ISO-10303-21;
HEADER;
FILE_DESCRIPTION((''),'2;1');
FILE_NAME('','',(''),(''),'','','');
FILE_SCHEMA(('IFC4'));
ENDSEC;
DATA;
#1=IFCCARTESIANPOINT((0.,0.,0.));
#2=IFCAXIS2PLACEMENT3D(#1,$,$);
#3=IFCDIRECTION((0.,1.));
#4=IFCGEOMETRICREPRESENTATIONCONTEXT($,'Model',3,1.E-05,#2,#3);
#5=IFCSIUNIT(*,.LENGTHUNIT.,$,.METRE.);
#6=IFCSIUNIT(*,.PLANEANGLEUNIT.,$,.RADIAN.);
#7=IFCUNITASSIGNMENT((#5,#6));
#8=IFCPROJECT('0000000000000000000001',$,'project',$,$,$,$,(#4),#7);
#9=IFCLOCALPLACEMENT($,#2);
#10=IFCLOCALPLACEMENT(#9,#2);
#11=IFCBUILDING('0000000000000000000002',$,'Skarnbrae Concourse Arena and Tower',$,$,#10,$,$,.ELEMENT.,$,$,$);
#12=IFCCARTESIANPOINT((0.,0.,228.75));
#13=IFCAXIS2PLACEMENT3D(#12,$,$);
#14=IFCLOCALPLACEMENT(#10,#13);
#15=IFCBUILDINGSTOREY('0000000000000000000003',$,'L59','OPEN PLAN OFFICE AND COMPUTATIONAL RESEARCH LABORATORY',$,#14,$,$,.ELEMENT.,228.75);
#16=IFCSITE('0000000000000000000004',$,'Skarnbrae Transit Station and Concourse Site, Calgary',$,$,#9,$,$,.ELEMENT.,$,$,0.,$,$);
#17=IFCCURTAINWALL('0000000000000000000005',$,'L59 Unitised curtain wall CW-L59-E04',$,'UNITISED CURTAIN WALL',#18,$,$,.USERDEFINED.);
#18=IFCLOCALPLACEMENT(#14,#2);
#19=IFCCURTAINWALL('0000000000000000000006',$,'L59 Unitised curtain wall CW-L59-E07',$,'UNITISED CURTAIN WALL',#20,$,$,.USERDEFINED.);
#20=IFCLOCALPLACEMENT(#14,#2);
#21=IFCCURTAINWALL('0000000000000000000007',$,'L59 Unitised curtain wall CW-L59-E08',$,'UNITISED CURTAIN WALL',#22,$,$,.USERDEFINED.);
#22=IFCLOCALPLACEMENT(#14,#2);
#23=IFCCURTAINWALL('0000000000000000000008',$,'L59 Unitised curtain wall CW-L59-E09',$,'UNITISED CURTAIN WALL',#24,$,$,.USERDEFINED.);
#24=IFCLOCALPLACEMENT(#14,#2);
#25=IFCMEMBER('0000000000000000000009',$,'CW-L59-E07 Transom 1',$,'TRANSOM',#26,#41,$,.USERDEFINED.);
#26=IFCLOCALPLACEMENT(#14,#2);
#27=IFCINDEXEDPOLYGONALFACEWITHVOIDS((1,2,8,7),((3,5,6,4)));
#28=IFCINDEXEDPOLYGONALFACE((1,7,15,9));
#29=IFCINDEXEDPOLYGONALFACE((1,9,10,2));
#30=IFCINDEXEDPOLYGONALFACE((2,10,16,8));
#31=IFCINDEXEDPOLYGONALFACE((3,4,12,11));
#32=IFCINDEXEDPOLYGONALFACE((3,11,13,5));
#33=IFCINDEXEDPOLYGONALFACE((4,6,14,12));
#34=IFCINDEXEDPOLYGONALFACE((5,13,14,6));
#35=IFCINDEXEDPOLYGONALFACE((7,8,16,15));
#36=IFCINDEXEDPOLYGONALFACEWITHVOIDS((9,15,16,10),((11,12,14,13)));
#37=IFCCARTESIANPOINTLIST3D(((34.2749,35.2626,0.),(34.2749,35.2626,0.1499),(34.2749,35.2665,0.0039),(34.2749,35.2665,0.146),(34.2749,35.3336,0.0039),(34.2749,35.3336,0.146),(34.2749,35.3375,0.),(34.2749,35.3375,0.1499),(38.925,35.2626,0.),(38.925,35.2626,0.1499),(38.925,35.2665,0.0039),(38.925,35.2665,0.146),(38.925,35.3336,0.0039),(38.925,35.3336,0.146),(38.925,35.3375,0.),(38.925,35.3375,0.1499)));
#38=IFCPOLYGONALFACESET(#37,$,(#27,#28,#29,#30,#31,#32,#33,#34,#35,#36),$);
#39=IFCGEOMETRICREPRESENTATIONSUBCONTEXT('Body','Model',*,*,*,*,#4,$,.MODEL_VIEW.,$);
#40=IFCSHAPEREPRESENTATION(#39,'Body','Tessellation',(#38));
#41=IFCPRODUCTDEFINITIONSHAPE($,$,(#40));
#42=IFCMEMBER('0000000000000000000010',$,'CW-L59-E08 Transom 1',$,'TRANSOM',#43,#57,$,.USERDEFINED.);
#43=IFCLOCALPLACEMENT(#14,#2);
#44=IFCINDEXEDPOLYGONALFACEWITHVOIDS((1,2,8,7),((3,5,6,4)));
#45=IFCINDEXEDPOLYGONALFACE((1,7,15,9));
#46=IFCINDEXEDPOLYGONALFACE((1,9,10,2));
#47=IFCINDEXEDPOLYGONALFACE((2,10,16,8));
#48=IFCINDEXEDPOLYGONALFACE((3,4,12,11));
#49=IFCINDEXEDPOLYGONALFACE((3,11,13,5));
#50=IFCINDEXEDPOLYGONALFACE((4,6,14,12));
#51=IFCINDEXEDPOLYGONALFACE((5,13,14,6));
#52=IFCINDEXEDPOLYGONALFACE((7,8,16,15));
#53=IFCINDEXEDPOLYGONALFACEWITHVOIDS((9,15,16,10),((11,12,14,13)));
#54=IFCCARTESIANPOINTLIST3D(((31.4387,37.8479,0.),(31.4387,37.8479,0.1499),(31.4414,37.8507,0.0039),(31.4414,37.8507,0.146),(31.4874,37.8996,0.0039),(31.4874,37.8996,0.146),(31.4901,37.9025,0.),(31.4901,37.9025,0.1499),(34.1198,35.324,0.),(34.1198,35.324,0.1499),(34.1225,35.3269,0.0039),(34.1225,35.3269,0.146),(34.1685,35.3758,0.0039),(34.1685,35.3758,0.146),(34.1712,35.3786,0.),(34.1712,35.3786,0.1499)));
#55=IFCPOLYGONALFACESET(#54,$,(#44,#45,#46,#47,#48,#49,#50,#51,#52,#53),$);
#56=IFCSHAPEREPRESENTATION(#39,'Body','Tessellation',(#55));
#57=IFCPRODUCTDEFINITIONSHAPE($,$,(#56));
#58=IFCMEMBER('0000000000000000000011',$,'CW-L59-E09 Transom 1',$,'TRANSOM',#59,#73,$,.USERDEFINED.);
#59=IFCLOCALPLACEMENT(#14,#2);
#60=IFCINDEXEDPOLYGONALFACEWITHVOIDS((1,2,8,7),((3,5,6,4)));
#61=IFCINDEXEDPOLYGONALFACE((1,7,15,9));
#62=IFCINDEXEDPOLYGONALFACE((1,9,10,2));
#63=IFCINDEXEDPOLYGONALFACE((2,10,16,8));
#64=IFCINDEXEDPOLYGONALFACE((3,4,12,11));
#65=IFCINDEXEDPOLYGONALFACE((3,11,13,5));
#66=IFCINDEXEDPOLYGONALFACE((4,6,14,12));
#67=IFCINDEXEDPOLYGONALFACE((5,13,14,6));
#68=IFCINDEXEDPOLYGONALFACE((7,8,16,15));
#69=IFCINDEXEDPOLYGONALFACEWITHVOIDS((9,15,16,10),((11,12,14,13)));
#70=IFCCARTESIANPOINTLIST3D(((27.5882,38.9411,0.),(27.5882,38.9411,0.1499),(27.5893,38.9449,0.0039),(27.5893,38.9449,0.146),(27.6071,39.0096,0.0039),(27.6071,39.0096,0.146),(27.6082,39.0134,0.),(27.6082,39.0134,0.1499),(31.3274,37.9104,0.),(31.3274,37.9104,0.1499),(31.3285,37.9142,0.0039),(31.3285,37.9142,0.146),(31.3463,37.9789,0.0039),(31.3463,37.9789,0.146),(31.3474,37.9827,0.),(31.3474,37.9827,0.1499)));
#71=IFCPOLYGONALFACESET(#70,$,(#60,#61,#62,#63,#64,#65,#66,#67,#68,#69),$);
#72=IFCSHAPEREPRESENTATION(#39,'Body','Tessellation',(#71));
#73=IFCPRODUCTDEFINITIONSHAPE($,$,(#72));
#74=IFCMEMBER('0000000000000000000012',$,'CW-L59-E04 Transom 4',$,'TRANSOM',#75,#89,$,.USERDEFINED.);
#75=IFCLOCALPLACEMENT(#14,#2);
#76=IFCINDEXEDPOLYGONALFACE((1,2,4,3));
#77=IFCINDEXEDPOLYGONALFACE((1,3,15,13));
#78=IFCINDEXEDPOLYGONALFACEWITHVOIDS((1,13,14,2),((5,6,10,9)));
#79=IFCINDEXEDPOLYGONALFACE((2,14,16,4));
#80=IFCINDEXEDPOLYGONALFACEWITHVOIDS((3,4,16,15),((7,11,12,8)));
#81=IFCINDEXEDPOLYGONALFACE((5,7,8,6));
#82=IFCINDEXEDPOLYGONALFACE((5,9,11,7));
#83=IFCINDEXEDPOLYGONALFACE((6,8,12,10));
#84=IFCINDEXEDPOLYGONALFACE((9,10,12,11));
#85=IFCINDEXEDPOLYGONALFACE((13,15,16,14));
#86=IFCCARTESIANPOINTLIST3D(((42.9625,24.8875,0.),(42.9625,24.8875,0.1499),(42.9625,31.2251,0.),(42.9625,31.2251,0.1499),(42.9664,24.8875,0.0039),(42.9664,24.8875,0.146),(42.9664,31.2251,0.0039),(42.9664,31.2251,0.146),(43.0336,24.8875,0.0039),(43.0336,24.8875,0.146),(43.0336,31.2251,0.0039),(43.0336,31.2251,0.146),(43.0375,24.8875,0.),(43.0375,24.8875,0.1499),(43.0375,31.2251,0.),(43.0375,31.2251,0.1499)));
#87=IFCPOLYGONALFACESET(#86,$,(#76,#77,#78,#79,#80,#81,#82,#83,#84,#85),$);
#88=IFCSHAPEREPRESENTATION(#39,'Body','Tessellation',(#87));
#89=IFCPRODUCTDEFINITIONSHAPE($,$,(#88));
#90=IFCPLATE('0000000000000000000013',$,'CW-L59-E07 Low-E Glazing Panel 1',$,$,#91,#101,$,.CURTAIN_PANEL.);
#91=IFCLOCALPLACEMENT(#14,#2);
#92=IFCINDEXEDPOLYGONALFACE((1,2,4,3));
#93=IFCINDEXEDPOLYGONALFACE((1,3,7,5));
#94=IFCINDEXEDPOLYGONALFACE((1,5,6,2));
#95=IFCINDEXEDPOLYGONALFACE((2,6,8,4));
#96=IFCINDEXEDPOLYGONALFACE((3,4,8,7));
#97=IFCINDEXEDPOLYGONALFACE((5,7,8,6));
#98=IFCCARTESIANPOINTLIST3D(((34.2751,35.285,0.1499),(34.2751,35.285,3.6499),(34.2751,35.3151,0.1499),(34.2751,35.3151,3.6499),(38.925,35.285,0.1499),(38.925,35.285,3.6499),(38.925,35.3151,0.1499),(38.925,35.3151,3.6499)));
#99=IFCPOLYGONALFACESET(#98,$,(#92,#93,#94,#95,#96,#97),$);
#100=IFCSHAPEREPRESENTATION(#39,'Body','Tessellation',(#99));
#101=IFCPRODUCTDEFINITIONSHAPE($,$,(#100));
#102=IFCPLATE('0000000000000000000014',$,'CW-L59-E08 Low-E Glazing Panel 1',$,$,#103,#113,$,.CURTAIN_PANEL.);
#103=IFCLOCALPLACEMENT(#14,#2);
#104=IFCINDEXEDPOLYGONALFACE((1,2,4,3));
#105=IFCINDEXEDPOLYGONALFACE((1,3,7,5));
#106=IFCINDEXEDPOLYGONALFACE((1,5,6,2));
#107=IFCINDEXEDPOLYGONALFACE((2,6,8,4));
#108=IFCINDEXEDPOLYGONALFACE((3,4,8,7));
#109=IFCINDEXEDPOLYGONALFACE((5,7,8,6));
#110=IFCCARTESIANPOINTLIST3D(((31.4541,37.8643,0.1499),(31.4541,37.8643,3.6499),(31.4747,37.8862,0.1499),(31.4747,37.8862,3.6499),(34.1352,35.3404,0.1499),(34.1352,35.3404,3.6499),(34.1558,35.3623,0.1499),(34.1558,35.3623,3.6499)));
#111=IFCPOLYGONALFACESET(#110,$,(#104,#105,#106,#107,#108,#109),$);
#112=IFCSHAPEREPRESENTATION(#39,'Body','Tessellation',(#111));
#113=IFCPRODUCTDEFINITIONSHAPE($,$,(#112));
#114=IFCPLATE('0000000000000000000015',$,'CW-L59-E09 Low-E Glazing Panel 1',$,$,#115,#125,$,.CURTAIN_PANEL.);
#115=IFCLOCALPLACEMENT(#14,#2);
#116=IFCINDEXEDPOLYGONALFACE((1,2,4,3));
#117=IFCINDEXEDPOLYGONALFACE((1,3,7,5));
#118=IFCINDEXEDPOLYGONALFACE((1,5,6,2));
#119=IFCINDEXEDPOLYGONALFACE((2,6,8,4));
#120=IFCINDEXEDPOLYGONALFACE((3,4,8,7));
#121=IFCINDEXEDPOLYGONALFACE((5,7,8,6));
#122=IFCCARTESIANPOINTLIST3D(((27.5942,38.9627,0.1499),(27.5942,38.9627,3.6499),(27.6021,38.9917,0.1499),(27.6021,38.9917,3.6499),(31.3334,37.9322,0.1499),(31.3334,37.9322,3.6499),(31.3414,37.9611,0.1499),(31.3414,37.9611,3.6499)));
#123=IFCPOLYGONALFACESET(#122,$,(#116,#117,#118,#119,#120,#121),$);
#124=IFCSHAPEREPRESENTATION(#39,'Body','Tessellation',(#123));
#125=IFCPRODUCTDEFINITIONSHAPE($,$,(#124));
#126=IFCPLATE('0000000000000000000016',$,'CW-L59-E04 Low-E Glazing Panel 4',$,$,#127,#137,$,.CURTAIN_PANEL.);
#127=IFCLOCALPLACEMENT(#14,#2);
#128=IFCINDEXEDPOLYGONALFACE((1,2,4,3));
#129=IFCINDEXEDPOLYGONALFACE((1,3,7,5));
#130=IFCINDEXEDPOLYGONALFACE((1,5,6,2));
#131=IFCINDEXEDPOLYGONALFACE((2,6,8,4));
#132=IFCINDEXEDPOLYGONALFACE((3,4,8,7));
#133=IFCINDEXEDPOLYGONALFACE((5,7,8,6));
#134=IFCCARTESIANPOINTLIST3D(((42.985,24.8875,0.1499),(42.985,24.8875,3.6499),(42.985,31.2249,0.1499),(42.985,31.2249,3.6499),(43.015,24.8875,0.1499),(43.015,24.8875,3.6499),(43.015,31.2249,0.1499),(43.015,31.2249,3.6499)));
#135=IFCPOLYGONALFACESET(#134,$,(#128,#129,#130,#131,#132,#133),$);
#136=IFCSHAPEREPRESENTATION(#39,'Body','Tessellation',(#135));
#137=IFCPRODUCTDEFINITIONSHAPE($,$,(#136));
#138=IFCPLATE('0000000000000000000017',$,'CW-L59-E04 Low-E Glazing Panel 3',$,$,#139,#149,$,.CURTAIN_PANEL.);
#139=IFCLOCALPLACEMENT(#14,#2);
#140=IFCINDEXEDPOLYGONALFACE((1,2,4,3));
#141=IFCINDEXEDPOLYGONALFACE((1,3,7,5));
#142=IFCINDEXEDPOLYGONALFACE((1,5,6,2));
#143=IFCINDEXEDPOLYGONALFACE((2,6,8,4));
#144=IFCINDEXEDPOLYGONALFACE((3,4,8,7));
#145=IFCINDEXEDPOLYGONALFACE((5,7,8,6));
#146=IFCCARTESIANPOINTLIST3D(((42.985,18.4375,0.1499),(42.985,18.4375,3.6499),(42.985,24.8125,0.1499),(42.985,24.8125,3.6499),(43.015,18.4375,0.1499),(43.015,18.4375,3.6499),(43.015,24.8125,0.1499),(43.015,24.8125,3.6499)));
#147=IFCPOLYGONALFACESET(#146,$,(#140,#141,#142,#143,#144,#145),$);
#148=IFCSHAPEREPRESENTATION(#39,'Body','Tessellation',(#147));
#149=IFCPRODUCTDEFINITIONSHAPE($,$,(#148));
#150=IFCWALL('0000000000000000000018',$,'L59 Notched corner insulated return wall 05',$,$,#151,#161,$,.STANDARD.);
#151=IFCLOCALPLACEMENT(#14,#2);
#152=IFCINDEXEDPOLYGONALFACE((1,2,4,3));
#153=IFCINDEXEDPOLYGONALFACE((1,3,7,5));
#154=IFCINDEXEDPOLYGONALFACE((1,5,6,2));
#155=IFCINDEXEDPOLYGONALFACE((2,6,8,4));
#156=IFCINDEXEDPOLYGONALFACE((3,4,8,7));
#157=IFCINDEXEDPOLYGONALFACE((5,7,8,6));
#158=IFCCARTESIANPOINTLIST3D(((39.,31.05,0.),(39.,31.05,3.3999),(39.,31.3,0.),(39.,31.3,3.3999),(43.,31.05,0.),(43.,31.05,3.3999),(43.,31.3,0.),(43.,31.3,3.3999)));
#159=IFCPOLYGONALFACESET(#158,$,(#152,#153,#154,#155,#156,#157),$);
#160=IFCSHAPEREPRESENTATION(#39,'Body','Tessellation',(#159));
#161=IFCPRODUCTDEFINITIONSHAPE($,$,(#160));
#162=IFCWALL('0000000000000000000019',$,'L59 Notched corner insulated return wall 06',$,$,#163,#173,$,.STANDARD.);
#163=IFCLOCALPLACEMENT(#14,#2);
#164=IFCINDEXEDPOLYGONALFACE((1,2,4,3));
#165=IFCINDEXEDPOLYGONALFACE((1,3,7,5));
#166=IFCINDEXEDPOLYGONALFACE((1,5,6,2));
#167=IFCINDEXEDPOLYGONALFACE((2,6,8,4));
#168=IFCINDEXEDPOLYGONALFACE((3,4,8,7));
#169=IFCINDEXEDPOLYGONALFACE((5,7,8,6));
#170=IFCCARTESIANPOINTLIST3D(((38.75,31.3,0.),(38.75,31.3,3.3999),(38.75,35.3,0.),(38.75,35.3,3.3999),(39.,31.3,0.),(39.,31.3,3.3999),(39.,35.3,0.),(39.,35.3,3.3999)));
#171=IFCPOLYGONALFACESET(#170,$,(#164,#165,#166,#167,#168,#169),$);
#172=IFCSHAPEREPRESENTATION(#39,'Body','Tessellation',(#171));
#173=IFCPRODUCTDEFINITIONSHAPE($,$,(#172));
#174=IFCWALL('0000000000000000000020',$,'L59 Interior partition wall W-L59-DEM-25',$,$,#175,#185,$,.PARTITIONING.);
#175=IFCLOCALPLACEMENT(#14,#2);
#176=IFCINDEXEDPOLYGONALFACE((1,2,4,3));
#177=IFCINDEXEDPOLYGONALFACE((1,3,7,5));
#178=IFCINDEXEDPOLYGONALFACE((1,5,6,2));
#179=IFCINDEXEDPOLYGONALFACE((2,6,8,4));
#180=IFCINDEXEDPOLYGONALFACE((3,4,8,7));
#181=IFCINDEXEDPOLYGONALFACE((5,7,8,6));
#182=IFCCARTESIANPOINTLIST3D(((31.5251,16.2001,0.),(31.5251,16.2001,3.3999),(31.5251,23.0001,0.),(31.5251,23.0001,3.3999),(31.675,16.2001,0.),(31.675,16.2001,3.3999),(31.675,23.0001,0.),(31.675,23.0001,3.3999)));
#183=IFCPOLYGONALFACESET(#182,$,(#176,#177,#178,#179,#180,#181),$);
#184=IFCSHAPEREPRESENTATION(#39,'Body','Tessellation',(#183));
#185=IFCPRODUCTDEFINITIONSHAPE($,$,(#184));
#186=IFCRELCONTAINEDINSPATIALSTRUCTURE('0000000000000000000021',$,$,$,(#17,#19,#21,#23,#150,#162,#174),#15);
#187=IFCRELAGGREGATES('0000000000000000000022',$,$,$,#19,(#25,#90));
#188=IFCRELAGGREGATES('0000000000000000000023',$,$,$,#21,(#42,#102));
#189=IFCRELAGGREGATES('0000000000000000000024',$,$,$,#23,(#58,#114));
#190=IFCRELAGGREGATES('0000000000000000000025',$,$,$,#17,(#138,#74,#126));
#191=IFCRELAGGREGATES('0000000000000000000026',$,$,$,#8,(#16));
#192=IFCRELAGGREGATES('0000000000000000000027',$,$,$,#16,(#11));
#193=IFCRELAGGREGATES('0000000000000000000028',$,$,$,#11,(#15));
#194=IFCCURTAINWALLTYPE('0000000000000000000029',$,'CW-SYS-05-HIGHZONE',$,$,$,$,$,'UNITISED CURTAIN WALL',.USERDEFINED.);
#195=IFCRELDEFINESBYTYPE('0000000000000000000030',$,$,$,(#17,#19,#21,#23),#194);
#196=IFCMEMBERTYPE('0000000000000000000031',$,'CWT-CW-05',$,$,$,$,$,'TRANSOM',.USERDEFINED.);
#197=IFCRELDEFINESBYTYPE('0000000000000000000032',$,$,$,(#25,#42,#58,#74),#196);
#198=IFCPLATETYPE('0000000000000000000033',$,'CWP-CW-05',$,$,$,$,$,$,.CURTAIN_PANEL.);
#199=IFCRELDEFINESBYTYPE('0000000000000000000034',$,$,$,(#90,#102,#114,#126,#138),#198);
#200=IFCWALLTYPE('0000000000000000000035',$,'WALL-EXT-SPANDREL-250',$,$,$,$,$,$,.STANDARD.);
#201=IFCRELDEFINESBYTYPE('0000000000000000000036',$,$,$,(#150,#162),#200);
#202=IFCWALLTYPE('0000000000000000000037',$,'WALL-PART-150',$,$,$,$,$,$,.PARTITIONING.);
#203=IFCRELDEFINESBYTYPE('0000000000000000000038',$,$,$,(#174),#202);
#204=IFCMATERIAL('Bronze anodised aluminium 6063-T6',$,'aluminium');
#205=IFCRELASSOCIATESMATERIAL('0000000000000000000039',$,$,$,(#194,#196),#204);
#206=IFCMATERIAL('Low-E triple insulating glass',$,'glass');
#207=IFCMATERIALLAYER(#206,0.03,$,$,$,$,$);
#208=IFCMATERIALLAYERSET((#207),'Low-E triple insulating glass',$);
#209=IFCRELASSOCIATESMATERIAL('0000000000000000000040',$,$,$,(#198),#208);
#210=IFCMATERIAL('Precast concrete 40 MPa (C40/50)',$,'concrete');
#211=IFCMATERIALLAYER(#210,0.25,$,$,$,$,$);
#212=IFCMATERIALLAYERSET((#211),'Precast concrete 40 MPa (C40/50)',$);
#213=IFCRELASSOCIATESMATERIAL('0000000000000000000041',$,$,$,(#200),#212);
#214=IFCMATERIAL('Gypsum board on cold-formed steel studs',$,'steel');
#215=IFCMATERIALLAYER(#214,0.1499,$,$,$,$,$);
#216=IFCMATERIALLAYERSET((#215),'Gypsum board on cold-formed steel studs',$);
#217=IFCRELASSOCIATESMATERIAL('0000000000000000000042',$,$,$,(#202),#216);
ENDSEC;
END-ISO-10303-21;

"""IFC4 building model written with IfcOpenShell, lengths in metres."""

from ifc_helpers import new_model, si_unit, direction, frame, frame_2d, origin, origin_2d, place, context, subcontext, project, spatial, rectangle, hollow_rectangle, extrude, source, transform, mapped, material, layer, layer_set, material_profile, profile_set, type_object, element, aggregate, save


model = new_model("IFC4")

# Units and contexts
model_context = context("Model", 3, precision=1e-05, world=origin(), true_north=direction((0.0, 1.0)))
body_context = subcontext(model_context, "Body", "Model", "MODEL_VIEW")
ifc_project = project(units=[si_unit("LENGTHUNIT", "METRE"), si_unit("PLANEANGLEUNIT", "RADIAN")], contexts=[model_context])

# Site, building, storey
site_placement = place(None, origin())
site = spatial("IfcSite", under=ifc_project, at=site_placement, Name="Skarnbrae Transit Station and Concourse Site, Calgary", CompositionType="ELEMENT", RefElevation=0.0)
building_placement = place(site_placement, origin())
building = spatial("IfcBuilding", under=site, at=building_placement, Name="Skarnbrae Concourse Arena and Tower", CompositionType="ELEMENT")
storey_placement = place(building_placement, frame((0.0, 0.0, 228.75)))
storey = spatial("IfcBuildingStorey", under=building, at=storey_placement, Name="L59", Description="OPEN PLAN OFFICE AND COMPUTATIONAL RESEARCH LABORATORY", CompositionType="ELEMENT", Elevation=228.75)

# Curtain walls
ifc_material_1 = material(Name="Bronze anodised aluminium 6063-T6", Category="aluminium")
curtain_wall_type = type_object("IfcCurtainWallType", Name="CW-SYS-05-HIGHZONE", ElementType="UNITISED CURTAIN WALL", PredefinedType="USERDEFINED", material=ifc_material_1)
curtain_wall_1_placement = place(storey_placement, origin())
curtain_wall_1 = element("IfcCurtainWall", 1, at=curtain_wall_1_placement, inside=storey, type_object=curtain_wall_type, Name="L59 Unitised curtain wall CW-L59-E04", ObjectType="UNITISED CURTAIN WALL", PredefinedType="USERDEFINED")
curtain_wall_2_placement = place(storey_placement, origin())
curtain_wall_2 = element("IfcCurtainWall", 2, at=curtain_wall_2_placement, inside=storey, type_object=curtain_wall_type, Name="L59 Unitised curtain wall CW-L59-E07", ObjectType="UNITISED CURTAIN WALL", PredefinedType="USERDEFINED")
curtain_wall_3_placement = place(storey_placement, origin())
curtain_wall_3 = element("IfcCurtainWall", 3, at=curtain_wall_3_placement, inside=storey, type_object=curtain_wall_type, Name="L59 Unitised curtain wall CW-L59-E08", ObjectType="UNITISED CURTAIN WALL", PredefinedType="USERDEFINED")

# Curtain wall
curtain_wall_4_placement = place(storey_placement, origin())
curtain_wall_4 = element("IfcCurtainWall", 4, at=curtain_wall_4_placement, inside=storey, type_object=curtain_wall_type, Name="L59 Unitised curtain wall CW-L59-E09", ObjectType="UNITISED CURTAIN WALL", PredefinedType="USERDEFINED")

# Members
ifc_material_profile_1 = material_profile(ifc_material_1, hollow_rectangle(XDim=0.075, YDim=0.1499, WallThickness=0.0039, at=origin_2d()), Name="ALU-TRAN-75X150")
ifc_profile_set_1 = profile_set([ifc_material_profile_1], Name="Bronze anodised aluminium 6063-T6")
member_type_1 = type_object("IfcMemberType", Name="CWT-CW-05", ElementType="TRANSOM", PredefinedType="USERDEFINED", material=ifc_profile_set_1)
shared_shape_1 = source(origin(), body_context, "Body", "SweptSolid", [
    extrude(hollow_rectangle(XDim=0.075, YDim=0.1499, WallThickness=0.0039, at=origin_2d()), origin(), (0.0, 0.0, 1.0), 4.6501),
])
member_1_placement = place(storey_placement, frame((38.925, 35.3, 0.075), z_axis=(-1.0, 0.0, 0.0), x_axis=(0.0, -1.0, 0.0)))
member_1 = element("IfcMember", 5, at=member_1_placement, type_object=member_type_1, Name="CW-L59-E07 Transom 1", ObjectType="TRANSOM", PredefinedType="USERDEFINED", context=body_context, shape_type="MappedRepresentation", body=[
    mapped(shared_shape_1, transform((0.0, 0.0, 0.0))),
])
shared_shape_2 = source(origin(), body_context, "Body", "SweptSolid", [
    extrude(hollow_rectangle(XDim=0.075, YDim=0.1499, WallThickness=0.0039, at=origin_2d()), origin(), (0.0, 0.0, 1.0), 3.6821),
])
member_2_placement = place(storey_placement, frame((34.1455, 35.3513, 0.075), z_axis=(-0.728134, 0.685435, 0.0), x_axis=(-0.685435, -0.728134, 0.0)))
member_2 = element("IfcMember", 6, at=member_2_placement, type_object=member_type_1, Name="CW-L59-E08 Transom 1", ObjectType="TRANSOM", PredefinedType="USERDEFINED", context=body_context, shape_type="MappedRepresentation", body=[
    mapped(shared_shape_2, transform((0.0, 0.0, 0.0))),
])
shared_shape_3 = source(origin(), body_context, "Body", "SweptSolid", [
    extrude(hollow_rectangle(XDim=0.075, YDim=0.1499, WallThickness=0.0039, at=origin_2d()), origin(), (0.0, 0.0, 1.0), 3.8787),
])
member_3_placement = place(storey_placement, frame((31.3374, 37.9465, 0.075), z_axis=(-0.964043, 0.265747, 0.0), x_axis=(-0.265747, -0.964043, 0.0)))
member_3 = element("IfcMember", 7, at=member_3_placement, type_object=member_type_1, Name="CW-L59-E09 Transom 1", ObjectType="TRANSOM", PredefinedType="USERDEFINED", context=body_context, shape_type="MappedRepresentation", body=[
    mapped(shared_shape_3, transform((0.0, 0.0, 0.0))),
])
shared_shape_4 = source(origin(), body_context, "Body", "SweptSolid", [
    extrude(hollow_rectangle(XDim=0.075, YDim=0.1499, WallThickness=0.0039, at=origin_2d()), origin(), (0.0, 0.0, 1.0), 6.3376),
])
member_4_placement = place(storey_placement, frame((43.0, 24.8875, 0.075), z_axis=(0.0, 1.0, 0.0), x_axis=(-1.0, 0.0, 0.0)))
member_4 = element("IfcMember", 8, at=member_4_placement, type_object=member_type_1, Name="CW-L59-E04 Transom 4", ObjectType="TRANSOM", PredefinedType="USERDEFINED", context=body_context, shape_type="MappedRepresentation", body=[
    mapped(shared_shape_4, transform((0.0, 0.0, 0.0))),
])

# Plates
ifc_material_2 = material(Name="Low-E triple insulating glass", Category="glass")
ifc_layer_1 = layer(ifc_material_2, 0.03)
ifc_layer_set_1 = layer_set([ifc_layer_1], Name="Low-E triple insulating glass")
plate_type = type_object("IfcPlateType", Name="CWP-CW-05", PredefinedType="CURTAIN_PANEL", material=ifc_layer_set_1)
shared_shape_5 = source(origin(), body_context, "Body", "SweptSolid", [
    extrude(rectangle(XDim=4.6499, YDim=0.03, at=origin_2d()), origin(), (0.0, 0.0, 1.0), 3.5),
])
plate_1_placement = place(storey_placement, frame((36.6001, 35.3, 0.1499), z_axis=(0.0, 0.0, 1.0), x_axis=(-1.0, 0.0, 0.0)))
plate_1 = element("IfcPlate", 9, at=plate_1_placement, type_object=plate_type, Name="CW-L59-E07 Low-E Glazing Panel 1", PredefinedType="CURTAIN_PANEL", context=body_context, shape_type="MappedRepresentation", body=[
    mapped(shared_shape_5, transform((0.0, 0.0, 0.0))),
])
aggregate(curtain_wall_2, [member_1, plate_1])
shared_shape_6 = source(origin(), body_context, "Body", "SweptSolid", [
    extrude(rectangle(XDim=3.6821, YDim=0.03, at=origin_2d()), origin(), (0.0, 0.0, 1.0), 3.5),
])
plate_2_placement = place(storey_placement, frame((32.8049, 36.6133, 0.1499), z_axis=(0.0, 0.0, 1.0), x_axis=(-0.728131, 0.685438, 0.0)))
plate_2 = element("IfcPlate", 10, at=plate_2_placement, type_object=plate_type, Name="CW-L59-E08 Low-E Glazing Panel 1", PredefinedType="CURTAIN_PANEL", context=body_context, shape_type="MappedRepresentation", body=[
    mapped(shared_shape_6, transform((0.0, 0.0, 0.0))),
])
aggregate(curtain_wall_3, [member_2, plate_2])
shared_shape_7 = source(origin(), body_context, "Body", "SweptSolid", [
    extrude(rectangle(XDim=3.8787, YDim=0.03, at=origin_2d()), origin(), (0.0, 0.0, 1.0), 3.5),
])
plate_3_placement = place(storey_placement, frame((29.4678, 38.4619, 0.1499), z_axis=(0.0, 0.0, 1.0), x_axis=(-0.964057, 0.265694, 0.0)))
plate_3 = element("IfcPlate", 11, at=plate_3_placement, type_object=plate_type, Name="CW-L59-E09 Low-E Glazing Panel 1", PredefinedType="CURTAIN_PANEL", context=body_context, shape_type="MappedRepresentation", body=[
    mapped(shared_shape_7, transform((0.0, 0.0, 0.0))),
])
aggregate(curtain_wall_4, [member_3, plate_3])
shared_shape_8 = source(origin(), body_context, "Body", "SweptSolid", [
    extrude(rectangle(XDim=6.3374, YDim=0.03, at=origin_2d()), origin(), (0.0, 0.0, 1.0), 3.5),
])
plate_4_placement = place(storey_placement, frame((43.0, 28.0562, 0.1499), z_axis=(0.0, 0.0, 1.0), x_axis=(0.0, 1.0, 0.0)))
plate_4 = element("IfcPlate", 12, at=plate_4_placement, type_object=plate_type, Name="CW-L59-E04 Low-E Glazing Panel 4", PredefinedType="CURTAIN_PANEL", context=body_context, shape_type="MappedRepresentation", body=[
    mapped(shared_shape_8, transform((0.0, 0.0, 0.0))),
])
shared_shape_9 = source(origin(), body_context, "Body", "SweptSolid", [
    extrude(rectangle(XDim=6.375, YDim=0.03, at=origin_2d()), origin(), (0.0, 0.0, 1.0), 3.5),
])
plate_5_placement = place(storey_placement, frame((43.0, 21.625, 0.1499), z_axis=(0.0, 0.0, 1.0), x_axis=(0.0, 1.0, 0.0)))
plate_5 = element("IfcPlate", 13, at=plate_5_placement, type_object=plate_type, Name="CW-L59-E04 Low-E Glazing Panel 3", PredefinedType="CURTAIN_PANEL", context=body_context, shape_type="MappedRepresentation", body=[
    mapped(shared_shape_9, transform((0.0, 0.0, 0.0))),
])
aggregate(curtain_wall_1, [plate_5, member_4, plate_4])

# Walls
ifc_material_3 = material(Name="Precast concrete 40 MPa (C40/50)", Category="concrete")
ifc_layer_2 = layer(ifc_material_3, 0.25)
ifc_layer_set_2 = layer_set([ifc_layer_2], Name="Precast concrete 40 MPa (C40/50)")
wall_type_1 = type_object("IfcWallType", Name="WALL-EXT-SPANDREL-250", PredefinedType="STANDARD", material=ifc_layer_set_2)
shared_shape_10 = source(origin(), body_context, "Body", "SweptSolid", [
    extrude(rectangle(XDim=4.0, YDim=0.25, at=frame_2d((2.0, 0.0))), origin(), (0.0, 0.0, 1.0), 3.3999),
])
for number, where, z_axis, x_axis, name in (
    (14, (43.0, 31.175, 0.0), (0.0, 0.0, 1.0), (-1.0, 0.0, 0.0), "L59 Notched corner insulated return wall 05"),
    (15, (38.875, 31.3, 0.0), (0.0, 0.0, 1.0), (0.0, 1.0, 0.0), "L59 Notched corner insulated return wall 06"),
):
    element("IfcWall", number, at=place(storey_placement, frame(where, z_axis=z_axis, x_axis=x_axis)), inside=storey, type_object=wall_type_1, Name=name, PredefinedType="STANDARD", context=body_context, shape_type="MappedRepresentation", body=[
        mapped(shared_shape_10, transform((0.0, 0.0, 0.0))),
    ])
ifc_material_4 = material(Name="Gypsum board on cold-formed steel studs", Category="steel")
ifc_layer_3 = layer(ifc_material_4, 0.1499)
ifc_layer_set_3 = layer_set([ifc_layer_3], Name="Gypsum board on cold-formed steel studs")
wall_type_2 = type_object("IfcWallType", Name="WALL-PART-150", PredefinedType="PARTITIONING", material=ifc_layer_set_3)
shared_shape_11 = source(origin(), body_context, "Body", "SweptSolid", [
    extrude(rectangle(XDim=6.8, YDim=0.1499, at=frame_2d((3.3999, 0.0))), origin(), (0.0, 0.0, 1.0), 3.3999),
])
wall_1_placement = place(storey_placement, frame((31.6001, 23.0, 0.0), z_axis=(0.0, 0.0, 1.0), x_axis=(0.0, -1.0, 0.0)))
element("IfcWall", 16, at=wall_1_placement, inside=storey, type_object=wall_type_2, Name="L59 Interior partition wall W-L59-DEM-25", PredefinedType="PARTITIONING", context=body_context, shape_type="MappedRepresentation", body=[
    mapped(shared_shape_11, transform((0.0, 0.0, 0.0))),
])

save(model, "model.ifc")
